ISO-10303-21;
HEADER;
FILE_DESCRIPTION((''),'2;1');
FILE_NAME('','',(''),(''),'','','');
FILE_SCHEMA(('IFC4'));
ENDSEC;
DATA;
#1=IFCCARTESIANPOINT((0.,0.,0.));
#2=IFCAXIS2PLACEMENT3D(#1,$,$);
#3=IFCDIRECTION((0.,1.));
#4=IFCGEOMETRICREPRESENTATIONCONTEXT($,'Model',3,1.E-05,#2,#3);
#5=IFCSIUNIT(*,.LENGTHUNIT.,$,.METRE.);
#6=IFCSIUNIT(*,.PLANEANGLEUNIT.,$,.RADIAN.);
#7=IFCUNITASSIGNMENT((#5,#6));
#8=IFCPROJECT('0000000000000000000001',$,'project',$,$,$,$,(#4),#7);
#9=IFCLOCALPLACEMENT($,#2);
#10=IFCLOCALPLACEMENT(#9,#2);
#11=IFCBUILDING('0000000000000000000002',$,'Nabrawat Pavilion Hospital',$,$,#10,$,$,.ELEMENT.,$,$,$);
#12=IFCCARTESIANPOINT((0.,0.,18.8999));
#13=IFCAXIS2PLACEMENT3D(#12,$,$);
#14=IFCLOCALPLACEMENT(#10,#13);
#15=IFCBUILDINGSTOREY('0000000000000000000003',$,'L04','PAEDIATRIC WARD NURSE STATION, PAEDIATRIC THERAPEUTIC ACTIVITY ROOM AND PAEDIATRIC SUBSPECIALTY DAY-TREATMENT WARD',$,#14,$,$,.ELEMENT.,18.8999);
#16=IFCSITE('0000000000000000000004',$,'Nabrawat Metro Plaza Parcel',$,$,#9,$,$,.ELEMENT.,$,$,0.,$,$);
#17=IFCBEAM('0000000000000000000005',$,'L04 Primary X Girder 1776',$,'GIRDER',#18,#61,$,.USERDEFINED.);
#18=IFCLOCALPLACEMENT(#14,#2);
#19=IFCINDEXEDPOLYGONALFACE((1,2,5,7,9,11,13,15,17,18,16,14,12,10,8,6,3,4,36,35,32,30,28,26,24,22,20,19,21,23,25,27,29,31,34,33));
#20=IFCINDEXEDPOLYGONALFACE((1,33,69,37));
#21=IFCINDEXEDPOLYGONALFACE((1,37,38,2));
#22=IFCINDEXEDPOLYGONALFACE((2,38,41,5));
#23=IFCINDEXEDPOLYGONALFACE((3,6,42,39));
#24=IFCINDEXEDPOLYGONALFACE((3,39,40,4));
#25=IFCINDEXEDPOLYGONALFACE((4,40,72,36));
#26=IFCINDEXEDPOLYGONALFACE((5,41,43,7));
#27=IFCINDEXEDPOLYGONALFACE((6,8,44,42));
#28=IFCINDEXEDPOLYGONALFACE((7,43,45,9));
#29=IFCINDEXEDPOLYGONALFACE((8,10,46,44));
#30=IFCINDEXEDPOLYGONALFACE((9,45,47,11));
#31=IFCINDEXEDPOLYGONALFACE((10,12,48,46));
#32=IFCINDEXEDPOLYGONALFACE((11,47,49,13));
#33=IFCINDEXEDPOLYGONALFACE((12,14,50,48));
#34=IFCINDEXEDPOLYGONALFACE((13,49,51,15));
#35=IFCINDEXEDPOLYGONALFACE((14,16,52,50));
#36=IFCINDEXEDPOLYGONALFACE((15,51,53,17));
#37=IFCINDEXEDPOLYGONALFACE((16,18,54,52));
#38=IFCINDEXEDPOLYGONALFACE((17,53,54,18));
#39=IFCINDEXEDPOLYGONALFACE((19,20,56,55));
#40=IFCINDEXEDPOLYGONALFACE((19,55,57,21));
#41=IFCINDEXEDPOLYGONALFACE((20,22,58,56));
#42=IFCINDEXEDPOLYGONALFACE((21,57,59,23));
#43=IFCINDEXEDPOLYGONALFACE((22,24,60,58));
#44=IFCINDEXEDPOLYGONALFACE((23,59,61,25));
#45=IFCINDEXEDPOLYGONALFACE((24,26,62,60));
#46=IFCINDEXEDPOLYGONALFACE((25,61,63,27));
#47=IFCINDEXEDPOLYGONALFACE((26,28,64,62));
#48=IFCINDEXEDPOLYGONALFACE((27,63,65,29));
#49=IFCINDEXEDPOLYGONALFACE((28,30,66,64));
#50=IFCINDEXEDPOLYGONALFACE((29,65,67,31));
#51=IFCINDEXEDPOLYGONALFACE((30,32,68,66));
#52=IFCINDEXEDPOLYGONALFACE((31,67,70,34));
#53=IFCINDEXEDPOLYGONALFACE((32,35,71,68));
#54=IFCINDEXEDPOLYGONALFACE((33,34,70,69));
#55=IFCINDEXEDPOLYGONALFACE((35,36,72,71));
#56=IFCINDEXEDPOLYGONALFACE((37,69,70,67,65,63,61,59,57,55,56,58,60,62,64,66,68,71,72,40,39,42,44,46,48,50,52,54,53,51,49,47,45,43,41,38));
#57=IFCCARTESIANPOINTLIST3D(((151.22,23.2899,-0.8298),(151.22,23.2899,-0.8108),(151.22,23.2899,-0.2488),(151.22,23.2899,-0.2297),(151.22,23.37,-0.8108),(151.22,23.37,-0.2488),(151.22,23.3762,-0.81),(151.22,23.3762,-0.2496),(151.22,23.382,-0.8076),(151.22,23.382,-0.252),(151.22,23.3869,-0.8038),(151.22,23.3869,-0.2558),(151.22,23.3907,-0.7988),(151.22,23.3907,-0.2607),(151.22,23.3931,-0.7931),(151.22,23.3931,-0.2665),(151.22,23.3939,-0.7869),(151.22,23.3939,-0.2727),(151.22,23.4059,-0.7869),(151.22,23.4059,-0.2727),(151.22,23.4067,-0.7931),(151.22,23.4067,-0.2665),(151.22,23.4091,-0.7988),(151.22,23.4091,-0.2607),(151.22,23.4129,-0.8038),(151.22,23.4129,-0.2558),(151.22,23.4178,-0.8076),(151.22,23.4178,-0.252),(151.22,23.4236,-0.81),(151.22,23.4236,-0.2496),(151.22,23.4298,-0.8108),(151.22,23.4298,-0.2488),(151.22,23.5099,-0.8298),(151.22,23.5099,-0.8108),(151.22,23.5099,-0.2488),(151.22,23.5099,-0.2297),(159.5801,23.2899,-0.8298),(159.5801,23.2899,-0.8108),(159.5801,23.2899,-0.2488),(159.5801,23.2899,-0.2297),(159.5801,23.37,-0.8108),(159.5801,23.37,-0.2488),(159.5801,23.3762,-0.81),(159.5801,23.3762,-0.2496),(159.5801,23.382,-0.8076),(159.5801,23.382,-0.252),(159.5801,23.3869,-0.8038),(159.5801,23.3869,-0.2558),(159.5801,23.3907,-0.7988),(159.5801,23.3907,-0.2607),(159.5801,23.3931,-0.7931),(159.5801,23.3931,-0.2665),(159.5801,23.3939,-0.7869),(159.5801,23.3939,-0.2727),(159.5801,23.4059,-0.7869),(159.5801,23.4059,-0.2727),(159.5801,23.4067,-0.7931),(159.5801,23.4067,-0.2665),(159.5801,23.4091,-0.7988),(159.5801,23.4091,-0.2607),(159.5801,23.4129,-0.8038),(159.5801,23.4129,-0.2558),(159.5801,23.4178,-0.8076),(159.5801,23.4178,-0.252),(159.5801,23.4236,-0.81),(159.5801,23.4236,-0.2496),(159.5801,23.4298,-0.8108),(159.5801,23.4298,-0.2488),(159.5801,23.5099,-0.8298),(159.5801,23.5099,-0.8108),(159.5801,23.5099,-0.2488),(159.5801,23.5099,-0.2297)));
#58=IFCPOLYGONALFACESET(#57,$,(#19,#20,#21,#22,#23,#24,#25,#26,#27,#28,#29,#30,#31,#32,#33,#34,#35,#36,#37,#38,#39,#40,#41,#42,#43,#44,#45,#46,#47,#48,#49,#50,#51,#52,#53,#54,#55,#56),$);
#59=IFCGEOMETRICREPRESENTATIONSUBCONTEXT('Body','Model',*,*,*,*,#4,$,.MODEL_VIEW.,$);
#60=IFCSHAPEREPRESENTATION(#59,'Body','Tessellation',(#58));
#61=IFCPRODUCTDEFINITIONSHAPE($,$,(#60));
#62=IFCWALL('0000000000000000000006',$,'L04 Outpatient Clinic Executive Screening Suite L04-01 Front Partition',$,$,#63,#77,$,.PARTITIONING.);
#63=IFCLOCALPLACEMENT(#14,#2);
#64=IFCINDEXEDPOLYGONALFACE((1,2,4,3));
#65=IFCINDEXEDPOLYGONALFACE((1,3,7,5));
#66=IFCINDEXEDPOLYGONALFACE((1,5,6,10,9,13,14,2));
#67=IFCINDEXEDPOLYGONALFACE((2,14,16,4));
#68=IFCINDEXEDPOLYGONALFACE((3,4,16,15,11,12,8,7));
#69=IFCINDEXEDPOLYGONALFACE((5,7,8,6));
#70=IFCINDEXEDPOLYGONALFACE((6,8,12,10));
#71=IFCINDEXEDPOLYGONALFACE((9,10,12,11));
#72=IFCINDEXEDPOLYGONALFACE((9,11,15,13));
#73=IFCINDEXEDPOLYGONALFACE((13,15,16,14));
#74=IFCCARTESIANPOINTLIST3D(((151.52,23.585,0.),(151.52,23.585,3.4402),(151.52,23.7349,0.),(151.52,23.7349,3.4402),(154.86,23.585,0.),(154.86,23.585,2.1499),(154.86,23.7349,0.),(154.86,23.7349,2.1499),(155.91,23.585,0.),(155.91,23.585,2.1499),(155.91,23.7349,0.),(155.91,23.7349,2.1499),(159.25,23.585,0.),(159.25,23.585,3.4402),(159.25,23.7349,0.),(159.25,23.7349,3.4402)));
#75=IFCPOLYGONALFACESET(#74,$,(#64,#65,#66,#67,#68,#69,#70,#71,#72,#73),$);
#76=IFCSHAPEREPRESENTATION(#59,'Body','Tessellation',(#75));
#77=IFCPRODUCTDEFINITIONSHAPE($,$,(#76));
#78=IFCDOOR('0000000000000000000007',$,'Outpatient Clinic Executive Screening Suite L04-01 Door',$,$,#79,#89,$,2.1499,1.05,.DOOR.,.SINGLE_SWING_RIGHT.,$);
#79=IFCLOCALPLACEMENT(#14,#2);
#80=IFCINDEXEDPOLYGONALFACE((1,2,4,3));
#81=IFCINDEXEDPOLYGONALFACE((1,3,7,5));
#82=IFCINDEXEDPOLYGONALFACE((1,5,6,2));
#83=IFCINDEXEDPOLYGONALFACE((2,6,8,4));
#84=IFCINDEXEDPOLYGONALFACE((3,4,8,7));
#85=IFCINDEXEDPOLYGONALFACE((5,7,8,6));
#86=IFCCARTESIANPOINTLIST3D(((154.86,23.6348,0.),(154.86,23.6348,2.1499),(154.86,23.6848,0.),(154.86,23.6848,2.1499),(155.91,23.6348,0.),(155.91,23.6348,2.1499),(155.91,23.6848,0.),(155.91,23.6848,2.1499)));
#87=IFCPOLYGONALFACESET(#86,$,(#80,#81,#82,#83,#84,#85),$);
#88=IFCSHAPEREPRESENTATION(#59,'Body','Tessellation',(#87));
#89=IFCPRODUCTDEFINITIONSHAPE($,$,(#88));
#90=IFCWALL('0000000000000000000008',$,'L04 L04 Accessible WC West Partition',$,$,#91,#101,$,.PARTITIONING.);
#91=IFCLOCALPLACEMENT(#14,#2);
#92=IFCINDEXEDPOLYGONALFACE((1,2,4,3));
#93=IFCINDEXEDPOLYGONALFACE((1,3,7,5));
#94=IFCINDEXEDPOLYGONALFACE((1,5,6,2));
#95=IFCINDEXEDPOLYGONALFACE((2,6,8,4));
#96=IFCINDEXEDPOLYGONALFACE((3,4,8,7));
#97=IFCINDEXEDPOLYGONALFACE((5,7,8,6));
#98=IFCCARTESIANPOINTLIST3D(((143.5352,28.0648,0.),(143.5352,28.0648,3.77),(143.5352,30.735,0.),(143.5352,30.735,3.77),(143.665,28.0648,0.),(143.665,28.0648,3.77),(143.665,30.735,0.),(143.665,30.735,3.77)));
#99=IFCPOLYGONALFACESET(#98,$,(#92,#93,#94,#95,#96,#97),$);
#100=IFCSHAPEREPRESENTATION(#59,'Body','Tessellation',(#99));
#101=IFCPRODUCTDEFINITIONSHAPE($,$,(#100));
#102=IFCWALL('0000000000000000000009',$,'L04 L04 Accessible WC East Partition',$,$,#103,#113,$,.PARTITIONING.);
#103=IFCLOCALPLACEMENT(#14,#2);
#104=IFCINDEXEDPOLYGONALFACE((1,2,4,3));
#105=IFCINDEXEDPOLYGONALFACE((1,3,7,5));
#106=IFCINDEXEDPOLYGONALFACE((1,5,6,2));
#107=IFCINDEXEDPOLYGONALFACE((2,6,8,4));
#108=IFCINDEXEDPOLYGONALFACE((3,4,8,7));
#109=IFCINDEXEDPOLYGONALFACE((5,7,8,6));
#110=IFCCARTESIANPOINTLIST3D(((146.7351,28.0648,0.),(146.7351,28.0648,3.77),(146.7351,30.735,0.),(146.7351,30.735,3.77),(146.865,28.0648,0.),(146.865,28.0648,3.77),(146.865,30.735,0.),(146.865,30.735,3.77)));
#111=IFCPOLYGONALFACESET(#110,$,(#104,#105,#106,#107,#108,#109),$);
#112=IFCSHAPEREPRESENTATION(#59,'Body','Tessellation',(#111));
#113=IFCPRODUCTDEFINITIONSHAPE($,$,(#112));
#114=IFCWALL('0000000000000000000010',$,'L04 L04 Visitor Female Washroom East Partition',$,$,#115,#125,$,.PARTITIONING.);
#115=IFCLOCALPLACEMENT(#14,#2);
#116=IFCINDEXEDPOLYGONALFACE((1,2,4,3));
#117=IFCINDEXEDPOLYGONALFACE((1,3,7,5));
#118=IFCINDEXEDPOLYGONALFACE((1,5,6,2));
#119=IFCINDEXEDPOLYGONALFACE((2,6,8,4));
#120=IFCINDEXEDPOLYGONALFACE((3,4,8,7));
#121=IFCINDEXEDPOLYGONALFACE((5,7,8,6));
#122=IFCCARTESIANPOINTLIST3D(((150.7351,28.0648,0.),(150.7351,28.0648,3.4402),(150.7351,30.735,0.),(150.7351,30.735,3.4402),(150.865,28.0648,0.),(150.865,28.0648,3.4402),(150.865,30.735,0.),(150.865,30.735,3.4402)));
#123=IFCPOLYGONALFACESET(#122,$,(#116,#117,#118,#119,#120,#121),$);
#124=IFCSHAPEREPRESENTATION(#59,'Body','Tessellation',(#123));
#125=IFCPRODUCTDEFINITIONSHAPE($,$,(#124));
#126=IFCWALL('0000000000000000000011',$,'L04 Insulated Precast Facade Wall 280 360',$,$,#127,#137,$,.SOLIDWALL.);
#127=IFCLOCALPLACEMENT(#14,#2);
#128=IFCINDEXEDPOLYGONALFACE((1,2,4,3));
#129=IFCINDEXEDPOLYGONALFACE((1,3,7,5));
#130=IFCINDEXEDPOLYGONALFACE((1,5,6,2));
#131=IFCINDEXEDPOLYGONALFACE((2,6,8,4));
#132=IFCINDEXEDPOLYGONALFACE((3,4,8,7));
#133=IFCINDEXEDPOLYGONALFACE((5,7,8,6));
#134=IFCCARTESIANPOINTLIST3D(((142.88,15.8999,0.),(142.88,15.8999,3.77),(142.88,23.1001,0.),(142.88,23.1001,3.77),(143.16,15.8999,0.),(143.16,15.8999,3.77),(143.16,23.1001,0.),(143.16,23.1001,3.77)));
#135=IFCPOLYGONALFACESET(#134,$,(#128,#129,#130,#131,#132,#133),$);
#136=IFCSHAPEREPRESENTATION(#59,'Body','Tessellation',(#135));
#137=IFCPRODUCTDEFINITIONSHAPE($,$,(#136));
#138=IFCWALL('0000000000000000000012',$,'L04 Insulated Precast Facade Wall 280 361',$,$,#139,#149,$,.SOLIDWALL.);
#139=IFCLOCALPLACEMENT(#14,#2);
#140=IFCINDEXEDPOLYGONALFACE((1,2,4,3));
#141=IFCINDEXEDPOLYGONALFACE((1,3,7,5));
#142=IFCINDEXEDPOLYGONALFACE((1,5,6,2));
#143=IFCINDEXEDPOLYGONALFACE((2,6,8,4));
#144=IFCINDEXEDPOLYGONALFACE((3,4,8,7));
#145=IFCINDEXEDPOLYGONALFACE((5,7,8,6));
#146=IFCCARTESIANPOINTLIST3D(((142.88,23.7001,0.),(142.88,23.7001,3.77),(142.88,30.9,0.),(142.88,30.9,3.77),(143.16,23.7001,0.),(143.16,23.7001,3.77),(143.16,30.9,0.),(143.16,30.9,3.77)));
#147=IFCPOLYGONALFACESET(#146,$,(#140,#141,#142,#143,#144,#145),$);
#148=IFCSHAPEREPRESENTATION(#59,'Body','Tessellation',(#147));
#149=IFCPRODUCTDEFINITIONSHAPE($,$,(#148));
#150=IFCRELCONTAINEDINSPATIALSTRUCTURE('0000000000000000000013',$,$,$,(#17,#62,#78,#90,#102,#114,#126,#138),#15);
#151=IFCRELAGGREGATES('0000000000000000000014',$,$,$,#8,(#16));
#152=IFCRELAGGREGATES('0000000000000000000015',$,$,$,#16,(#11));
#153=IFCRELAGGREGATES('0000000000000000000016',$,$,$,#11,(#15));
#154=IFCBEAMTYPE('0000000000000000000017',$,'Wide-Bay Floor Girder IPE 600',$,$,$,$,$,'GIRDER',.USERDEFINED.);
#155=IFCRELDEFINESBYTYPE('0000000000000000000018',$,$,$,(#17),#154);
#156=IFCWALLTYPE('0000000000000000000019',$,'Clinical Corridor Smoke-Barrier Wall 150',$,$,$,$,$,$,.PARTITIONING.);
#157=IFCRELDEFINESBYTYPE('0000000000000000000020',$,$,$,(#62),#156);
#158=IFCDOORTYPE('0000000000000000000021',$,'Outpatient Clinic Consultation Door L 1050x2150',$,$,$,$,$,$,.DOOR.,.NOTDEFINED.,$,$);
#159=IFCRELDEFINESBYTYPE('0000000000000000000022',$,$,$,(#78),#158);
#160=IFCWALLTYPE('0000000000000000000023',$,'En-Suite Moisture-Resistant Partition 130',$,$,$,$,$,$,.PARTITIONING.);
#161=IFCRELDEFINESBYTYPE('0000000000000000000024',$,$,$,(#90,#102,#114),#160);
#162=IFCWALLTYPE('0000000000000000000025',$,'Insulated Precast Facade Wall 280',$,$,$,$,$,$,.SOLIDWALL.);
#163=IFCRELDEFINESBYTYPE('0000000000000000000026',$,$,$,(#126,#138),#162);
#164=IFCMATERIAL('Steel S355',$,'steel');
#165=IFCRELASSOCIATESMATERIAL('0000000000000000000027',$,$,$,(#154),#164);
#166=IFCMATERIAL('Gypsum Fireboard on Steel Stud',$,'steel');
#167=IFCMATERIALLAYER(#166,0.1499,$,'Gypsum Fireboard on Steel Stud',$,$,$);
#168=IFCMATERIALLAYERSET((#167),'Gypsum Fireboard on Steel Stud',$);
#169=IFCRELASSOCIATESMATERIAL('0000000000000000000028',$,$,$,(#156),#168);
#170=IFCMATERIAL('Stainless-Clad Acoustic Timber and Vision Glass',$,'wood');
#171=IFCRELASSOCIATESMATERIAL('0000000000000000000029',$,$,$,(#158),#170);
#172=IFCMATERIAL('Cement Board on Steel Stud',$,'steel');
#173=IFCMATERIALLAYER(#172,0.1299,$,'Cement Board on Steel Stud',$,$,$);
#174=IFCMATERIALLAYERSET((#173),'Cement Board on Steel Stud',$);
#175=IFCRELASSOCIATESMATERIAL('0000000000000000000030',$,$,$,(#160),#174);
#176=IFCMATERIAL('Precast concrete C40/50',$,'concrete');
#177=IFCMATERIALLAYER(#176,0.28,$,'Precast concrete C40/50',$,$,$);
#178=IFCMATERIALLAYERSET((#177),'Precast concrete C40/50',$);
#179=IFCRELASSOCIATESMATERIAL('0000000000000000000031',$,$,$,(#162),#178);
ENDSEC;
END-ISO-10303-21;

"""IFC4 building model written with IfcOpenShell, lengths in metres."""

from ifc_helpers import new_model, si_unit, direction, frame, frame_2d, origin, origin_2d, place, context, subcontext, project, spatial, rectangle, i_section, extrude, material, layer, layer_set, material_profile, profile_set, type_object, element, fill, save


model = new_model("IFC4")

# Units and contexts
model_context = context("Model", 3, precision=1e-05, world=origin(), true_north=direction((0.0, 1.0)))
body_context = subcontext(model_context, "Body", "Model", "MODEL_VIEW")
ifc_project = project(units=[si_unit("LENGTHUNIT", "METRE"), si_unit("PLANEANGLEUNIT", "RADIAN")], contexts=[model_context])

# Site, building, storey
site_placement = place(None, origin())
site = spatial("IfcSite", under=ifc_project, at=site_placement, Name="Nabrawat Metro Plaza Parcel", CompositionType="ELEMENT", RefElevation=0.0)
building_placement = place(site_placement, origin())
building = spatial("IfcBuilding", under=site, at=building_placement, Name="Nabrawat Pavilion Hospital", CompositionType="ELEMENT")
storey_placement = place(building_placement, frame((0.0, 0.0, 18.8999)))
storey = spatial("IfcBuildingStorey", under=building, at=storey_placement, Name="L04", Description="PAEDIATRIC WARD NURSE STATION, PAEDIATRIC THERAPEUTIC ACTIVITY ROOM AND PAEDIATRIC SUBSPECIALTY DAY-TREATMENT WARD", CompositionType="ELEMENT", Elevation=18.8999)

# Beam
ifc_material_1 = material(Name="Steel S355", Category="steel")
ifc_material_profile_1 = material_profile(ifc_material_1, i_section(OverallWidth=0.22, OverallDepth=0.6001, WebThickness=0.012, FlangeThickness=0.019, FilletRadius=0.0239, at=origin_2d()), Name="IPE 600")
ifc_profile_set_1 = profile_set([ifc_material_profile_1], Name="Steel S355")
beam_type_1 = type_object("IfcBeamType", Name="Wide-Bay Floor Girder IPE 600", ElementType="GIRDER", PredefinedType="USERDEFINED", material=ifc_profile_set_1)
beam_1_placement = place(storey_placement, frame((151.22, 23.3999, -0.5298), z_axis=(1.0, 0.0, 0.0), x_axis=(0.0, 1.0, 0.0)))
element("IfcBeam", 1, at=beam_1_placement, inside=storey, type_object=beam_type_1, Name="L04 Primary X Girder 1776", ObjectType="GIRDER", PredefinedType="USERDEFINED", context=body_context, shape_type="SweptSolid", body=[
    extrude(i_section(OverallWidth=0.22, OverallDepth=0.6001, WebThickness=0.012, FlangeThickness=0.019, FilletRadius=0.0239, at=origin_2d()), origin(), (0.0, 0.0, 1.0), 8.3601),
])

# Wall, opening, door
ifc_material_2 = material(Name="Gypsum Fireboard on Steel Stud", Category="steel")
ifc_layer_1 = layer(ifc_material_2, 0.1499, Name="Gypsum Fireboard on Steel Stud")
ifc_layer_set_1 = layer_set([ifc_layer_1], Name="Gypsum Fireboard on Steel Stud")
wall_type_1 = type_object("IfcWallType", Name="Clinical Corridor Smoke-Barrier Wall 150", PredefinedType="PARTITIONING", material=ifc_layer_set_1)
ifc_material_3 = material(Name="Stainless-Clad Acoustic Timber and Vision Glass", Category="wood")
wall_1_placement = place(storey_placement, frame((151.52, 23.6599, 0.0), z_axis=(0.0, 0.0, 1.0), x_axis=(1.0, 0.0, 0.0)))
wall_1 = element("IfcWall", 2, at=wall_1_placement, inside=storey, type_object=wall_type_1, Name="L04 Outpatient Clinic Executive Screening Suite L04-01 Front Partition", PredefinedType="PARTITIONING", context=body_context, shape_type="SweptSolid", body=[
    extrude(rectangle(XDim=7.73, YDim=0.1499, at=frame_2d((3.865, 0.0))), origin(), (0.0, 0.0, 1.0), 3.4402),
])
opening_1_placement = place(wall_1_placement, frame((3.3401, 0.0, 0.0)))
opening_1 = element("IfcOpeningElement", 3, at=opening_1_placement, cuts=wall_1, PredefinedType="OPENING", context=body_context, shape_type="SweptSolid", body=[
    extrude(rectangle(XDim=1.05, YDim=2.1499, at=frame_2d((0.5249, 1.075))), frame((0.0, 0.085, 0.0), z_axis=(0.0, -1.0, 0.0), x_axis=(1.0, 0.0, 0.0)), (0.0, 0.0, 1.0), 0.1699),
])
door_type_1 = type_object("IfcDoorType", Name="Outpatient Clinic Consultation Door L 1050x2150", OperationType="NOTDEFINED", PredefinedType="DOOR", material=ifc_material_3)
door_1_placement = place(opening_1_placement, origin())
door_1 = element("IfcDoor", 4, at=door_1_placement, inside=storey, type_object=door_type_1, Name="Outpatient Clinic Executive Screening Suite L04-01 Door", OperationType="SINGLE_SWING_RIGHT", OverallHeight=2.1499, OverallWidth=1.05, PredefinedType="DOOR", context=body_context, shape_type="SweptSolid", body=[
    extrude(rectangle(XDim=1.05, YDim=2.1499, at=frame_2d((0.5249, 1.075))), frame((0.0, 0.0249, 0.0), z_axis=(0.0, -1.0, 0.0), x_axis=(1.0, 0.0, 0.0)), (0.0, 0.0, 1.0), 0.05),
])
fill(opening_1, door_1)

# Walls
ifc_material_4 = material(Name="Cement Board on Steel Stud", Category="steel")
ifc_layer_2 = layer(ifc_material_4, 0.1299, Name="Cement Board on Steel Stud")
ifc_layer_set_2 = layer_set([ifc_layer_2], Name="Cement Board on Steel Stud")
wall_type_2 = type_object("IfcWallType", Name="En-Suite Moisture-Resistant Partition 130", PredefinedType="PARTITIONING", material=ifc_layer_set_2)
for number, where, z_axis, x_axis, name in (
    (5, (143.6001, 28.0649, 0.0), (0.0, 0.0, 1.0), (0.0, 1.0, 0.0), "L04 L04 Accessible WC West Partition"),
    (6, (146.8, 28.0649, 0.0), (0.0, 0.0, 1.0), (0.0, 1.0, 0.0), "L04 L04 Accessible WC East Partition"),
):
    element("IfcWall", number, at=place(storey_placement, frame(where, z_axis=z_axis, x_axis=x_axis)), inside=storey, type_object=wall_type_2, Name=name, PredefinedType="PARTITIONING", context=body_context, shape_type="SweptSolid", body=[
        extrude(rectangle(XDim=2.6702, YDim=0.1299, at=frame_2d((1.335, 0.0))), origin(), (0.0, 0.0, 1.0), 3.77),
    ])
wall_2_placement = place(storey_placement, frame((150.8, 28.0649, 0.0), z_axis=(0.0, 0.0, 1.0), x_axis=(0.0, 1.0, 0.0)))
element("IfcWall", 7, at=wall_2_placement, inside=storey, type_object=wall_type_2, Name="L04 L04 Visitor Female Washroom East Partition", PredefinedType="PARTITIONING", context=body_context, shape_type="SweptSolid", body=[
    extrude(rectangle(XDim=2.6702, YDim=0.1299, at=frame_2d((1.335, 0.0))), origin(), (0.0, 0.0, 1.0), 3.4402),
])
ifc_material_5 = material(Name="Precast concrete C40/50", Category="concrete")
ifc_layer_3 = layer(ifc_material_5, 0.28, Name="Precast concrete C40/50")
ifc_layer_set_3 = layer_set([ifc_layer_3], Name="Precast concrete C40/50")
wall_type_3 = type_object("IfcWallType", Name="Insulated Precast Facade Wall 280", PredefinedType="SOLIDWALL", material=ifc_layer_set_3)
wall_3_placement = place(storey_placement, frame((143.02, 15.8999, 0.0), z_axis=(0.0, 0.0, 1.0), x_axis=(0.0, 1.0, 0.0)))
element("IfcWall", 8, at=wall_3_placement, inside=storey, type_object=wall_type_3, Name="L04 Insulated Precast Facade Wall 280 360", PredefinedType="SOLIDWALL", context=body_context, shape_type="SweptSolid", body=[
    extrude(rectangle(XDim=7.2002, YDim=0.28, at=frame_2d((3.6001, 0.0))), origin(), (0.0, 0.0, 1.0), 3.77),
])
wall_4_placement = place(storey_placement, frame((143.02, 23.7, 0.0), z_axis=(0.0, 0.0, 1.0), x_axis=(0.0, 1.0, 0.0)))
element("IfcWall", 9, at=wall_4_placement, inside=storey, type_object=wall_type_3, Name="L04 Insulated Precast Facade Wall 280 361", PredefinedType="SOLIDWALL", context=body_context, shape_type="SweptSolid", body=[
    extrude(rectangle(XDim=7.2, YDim=0.28, at=frame_2d((3.6001, 0.0))), origin(), (0.0, 0.0, 1.0), 3.77),
])

save(model, "model.ifc")
